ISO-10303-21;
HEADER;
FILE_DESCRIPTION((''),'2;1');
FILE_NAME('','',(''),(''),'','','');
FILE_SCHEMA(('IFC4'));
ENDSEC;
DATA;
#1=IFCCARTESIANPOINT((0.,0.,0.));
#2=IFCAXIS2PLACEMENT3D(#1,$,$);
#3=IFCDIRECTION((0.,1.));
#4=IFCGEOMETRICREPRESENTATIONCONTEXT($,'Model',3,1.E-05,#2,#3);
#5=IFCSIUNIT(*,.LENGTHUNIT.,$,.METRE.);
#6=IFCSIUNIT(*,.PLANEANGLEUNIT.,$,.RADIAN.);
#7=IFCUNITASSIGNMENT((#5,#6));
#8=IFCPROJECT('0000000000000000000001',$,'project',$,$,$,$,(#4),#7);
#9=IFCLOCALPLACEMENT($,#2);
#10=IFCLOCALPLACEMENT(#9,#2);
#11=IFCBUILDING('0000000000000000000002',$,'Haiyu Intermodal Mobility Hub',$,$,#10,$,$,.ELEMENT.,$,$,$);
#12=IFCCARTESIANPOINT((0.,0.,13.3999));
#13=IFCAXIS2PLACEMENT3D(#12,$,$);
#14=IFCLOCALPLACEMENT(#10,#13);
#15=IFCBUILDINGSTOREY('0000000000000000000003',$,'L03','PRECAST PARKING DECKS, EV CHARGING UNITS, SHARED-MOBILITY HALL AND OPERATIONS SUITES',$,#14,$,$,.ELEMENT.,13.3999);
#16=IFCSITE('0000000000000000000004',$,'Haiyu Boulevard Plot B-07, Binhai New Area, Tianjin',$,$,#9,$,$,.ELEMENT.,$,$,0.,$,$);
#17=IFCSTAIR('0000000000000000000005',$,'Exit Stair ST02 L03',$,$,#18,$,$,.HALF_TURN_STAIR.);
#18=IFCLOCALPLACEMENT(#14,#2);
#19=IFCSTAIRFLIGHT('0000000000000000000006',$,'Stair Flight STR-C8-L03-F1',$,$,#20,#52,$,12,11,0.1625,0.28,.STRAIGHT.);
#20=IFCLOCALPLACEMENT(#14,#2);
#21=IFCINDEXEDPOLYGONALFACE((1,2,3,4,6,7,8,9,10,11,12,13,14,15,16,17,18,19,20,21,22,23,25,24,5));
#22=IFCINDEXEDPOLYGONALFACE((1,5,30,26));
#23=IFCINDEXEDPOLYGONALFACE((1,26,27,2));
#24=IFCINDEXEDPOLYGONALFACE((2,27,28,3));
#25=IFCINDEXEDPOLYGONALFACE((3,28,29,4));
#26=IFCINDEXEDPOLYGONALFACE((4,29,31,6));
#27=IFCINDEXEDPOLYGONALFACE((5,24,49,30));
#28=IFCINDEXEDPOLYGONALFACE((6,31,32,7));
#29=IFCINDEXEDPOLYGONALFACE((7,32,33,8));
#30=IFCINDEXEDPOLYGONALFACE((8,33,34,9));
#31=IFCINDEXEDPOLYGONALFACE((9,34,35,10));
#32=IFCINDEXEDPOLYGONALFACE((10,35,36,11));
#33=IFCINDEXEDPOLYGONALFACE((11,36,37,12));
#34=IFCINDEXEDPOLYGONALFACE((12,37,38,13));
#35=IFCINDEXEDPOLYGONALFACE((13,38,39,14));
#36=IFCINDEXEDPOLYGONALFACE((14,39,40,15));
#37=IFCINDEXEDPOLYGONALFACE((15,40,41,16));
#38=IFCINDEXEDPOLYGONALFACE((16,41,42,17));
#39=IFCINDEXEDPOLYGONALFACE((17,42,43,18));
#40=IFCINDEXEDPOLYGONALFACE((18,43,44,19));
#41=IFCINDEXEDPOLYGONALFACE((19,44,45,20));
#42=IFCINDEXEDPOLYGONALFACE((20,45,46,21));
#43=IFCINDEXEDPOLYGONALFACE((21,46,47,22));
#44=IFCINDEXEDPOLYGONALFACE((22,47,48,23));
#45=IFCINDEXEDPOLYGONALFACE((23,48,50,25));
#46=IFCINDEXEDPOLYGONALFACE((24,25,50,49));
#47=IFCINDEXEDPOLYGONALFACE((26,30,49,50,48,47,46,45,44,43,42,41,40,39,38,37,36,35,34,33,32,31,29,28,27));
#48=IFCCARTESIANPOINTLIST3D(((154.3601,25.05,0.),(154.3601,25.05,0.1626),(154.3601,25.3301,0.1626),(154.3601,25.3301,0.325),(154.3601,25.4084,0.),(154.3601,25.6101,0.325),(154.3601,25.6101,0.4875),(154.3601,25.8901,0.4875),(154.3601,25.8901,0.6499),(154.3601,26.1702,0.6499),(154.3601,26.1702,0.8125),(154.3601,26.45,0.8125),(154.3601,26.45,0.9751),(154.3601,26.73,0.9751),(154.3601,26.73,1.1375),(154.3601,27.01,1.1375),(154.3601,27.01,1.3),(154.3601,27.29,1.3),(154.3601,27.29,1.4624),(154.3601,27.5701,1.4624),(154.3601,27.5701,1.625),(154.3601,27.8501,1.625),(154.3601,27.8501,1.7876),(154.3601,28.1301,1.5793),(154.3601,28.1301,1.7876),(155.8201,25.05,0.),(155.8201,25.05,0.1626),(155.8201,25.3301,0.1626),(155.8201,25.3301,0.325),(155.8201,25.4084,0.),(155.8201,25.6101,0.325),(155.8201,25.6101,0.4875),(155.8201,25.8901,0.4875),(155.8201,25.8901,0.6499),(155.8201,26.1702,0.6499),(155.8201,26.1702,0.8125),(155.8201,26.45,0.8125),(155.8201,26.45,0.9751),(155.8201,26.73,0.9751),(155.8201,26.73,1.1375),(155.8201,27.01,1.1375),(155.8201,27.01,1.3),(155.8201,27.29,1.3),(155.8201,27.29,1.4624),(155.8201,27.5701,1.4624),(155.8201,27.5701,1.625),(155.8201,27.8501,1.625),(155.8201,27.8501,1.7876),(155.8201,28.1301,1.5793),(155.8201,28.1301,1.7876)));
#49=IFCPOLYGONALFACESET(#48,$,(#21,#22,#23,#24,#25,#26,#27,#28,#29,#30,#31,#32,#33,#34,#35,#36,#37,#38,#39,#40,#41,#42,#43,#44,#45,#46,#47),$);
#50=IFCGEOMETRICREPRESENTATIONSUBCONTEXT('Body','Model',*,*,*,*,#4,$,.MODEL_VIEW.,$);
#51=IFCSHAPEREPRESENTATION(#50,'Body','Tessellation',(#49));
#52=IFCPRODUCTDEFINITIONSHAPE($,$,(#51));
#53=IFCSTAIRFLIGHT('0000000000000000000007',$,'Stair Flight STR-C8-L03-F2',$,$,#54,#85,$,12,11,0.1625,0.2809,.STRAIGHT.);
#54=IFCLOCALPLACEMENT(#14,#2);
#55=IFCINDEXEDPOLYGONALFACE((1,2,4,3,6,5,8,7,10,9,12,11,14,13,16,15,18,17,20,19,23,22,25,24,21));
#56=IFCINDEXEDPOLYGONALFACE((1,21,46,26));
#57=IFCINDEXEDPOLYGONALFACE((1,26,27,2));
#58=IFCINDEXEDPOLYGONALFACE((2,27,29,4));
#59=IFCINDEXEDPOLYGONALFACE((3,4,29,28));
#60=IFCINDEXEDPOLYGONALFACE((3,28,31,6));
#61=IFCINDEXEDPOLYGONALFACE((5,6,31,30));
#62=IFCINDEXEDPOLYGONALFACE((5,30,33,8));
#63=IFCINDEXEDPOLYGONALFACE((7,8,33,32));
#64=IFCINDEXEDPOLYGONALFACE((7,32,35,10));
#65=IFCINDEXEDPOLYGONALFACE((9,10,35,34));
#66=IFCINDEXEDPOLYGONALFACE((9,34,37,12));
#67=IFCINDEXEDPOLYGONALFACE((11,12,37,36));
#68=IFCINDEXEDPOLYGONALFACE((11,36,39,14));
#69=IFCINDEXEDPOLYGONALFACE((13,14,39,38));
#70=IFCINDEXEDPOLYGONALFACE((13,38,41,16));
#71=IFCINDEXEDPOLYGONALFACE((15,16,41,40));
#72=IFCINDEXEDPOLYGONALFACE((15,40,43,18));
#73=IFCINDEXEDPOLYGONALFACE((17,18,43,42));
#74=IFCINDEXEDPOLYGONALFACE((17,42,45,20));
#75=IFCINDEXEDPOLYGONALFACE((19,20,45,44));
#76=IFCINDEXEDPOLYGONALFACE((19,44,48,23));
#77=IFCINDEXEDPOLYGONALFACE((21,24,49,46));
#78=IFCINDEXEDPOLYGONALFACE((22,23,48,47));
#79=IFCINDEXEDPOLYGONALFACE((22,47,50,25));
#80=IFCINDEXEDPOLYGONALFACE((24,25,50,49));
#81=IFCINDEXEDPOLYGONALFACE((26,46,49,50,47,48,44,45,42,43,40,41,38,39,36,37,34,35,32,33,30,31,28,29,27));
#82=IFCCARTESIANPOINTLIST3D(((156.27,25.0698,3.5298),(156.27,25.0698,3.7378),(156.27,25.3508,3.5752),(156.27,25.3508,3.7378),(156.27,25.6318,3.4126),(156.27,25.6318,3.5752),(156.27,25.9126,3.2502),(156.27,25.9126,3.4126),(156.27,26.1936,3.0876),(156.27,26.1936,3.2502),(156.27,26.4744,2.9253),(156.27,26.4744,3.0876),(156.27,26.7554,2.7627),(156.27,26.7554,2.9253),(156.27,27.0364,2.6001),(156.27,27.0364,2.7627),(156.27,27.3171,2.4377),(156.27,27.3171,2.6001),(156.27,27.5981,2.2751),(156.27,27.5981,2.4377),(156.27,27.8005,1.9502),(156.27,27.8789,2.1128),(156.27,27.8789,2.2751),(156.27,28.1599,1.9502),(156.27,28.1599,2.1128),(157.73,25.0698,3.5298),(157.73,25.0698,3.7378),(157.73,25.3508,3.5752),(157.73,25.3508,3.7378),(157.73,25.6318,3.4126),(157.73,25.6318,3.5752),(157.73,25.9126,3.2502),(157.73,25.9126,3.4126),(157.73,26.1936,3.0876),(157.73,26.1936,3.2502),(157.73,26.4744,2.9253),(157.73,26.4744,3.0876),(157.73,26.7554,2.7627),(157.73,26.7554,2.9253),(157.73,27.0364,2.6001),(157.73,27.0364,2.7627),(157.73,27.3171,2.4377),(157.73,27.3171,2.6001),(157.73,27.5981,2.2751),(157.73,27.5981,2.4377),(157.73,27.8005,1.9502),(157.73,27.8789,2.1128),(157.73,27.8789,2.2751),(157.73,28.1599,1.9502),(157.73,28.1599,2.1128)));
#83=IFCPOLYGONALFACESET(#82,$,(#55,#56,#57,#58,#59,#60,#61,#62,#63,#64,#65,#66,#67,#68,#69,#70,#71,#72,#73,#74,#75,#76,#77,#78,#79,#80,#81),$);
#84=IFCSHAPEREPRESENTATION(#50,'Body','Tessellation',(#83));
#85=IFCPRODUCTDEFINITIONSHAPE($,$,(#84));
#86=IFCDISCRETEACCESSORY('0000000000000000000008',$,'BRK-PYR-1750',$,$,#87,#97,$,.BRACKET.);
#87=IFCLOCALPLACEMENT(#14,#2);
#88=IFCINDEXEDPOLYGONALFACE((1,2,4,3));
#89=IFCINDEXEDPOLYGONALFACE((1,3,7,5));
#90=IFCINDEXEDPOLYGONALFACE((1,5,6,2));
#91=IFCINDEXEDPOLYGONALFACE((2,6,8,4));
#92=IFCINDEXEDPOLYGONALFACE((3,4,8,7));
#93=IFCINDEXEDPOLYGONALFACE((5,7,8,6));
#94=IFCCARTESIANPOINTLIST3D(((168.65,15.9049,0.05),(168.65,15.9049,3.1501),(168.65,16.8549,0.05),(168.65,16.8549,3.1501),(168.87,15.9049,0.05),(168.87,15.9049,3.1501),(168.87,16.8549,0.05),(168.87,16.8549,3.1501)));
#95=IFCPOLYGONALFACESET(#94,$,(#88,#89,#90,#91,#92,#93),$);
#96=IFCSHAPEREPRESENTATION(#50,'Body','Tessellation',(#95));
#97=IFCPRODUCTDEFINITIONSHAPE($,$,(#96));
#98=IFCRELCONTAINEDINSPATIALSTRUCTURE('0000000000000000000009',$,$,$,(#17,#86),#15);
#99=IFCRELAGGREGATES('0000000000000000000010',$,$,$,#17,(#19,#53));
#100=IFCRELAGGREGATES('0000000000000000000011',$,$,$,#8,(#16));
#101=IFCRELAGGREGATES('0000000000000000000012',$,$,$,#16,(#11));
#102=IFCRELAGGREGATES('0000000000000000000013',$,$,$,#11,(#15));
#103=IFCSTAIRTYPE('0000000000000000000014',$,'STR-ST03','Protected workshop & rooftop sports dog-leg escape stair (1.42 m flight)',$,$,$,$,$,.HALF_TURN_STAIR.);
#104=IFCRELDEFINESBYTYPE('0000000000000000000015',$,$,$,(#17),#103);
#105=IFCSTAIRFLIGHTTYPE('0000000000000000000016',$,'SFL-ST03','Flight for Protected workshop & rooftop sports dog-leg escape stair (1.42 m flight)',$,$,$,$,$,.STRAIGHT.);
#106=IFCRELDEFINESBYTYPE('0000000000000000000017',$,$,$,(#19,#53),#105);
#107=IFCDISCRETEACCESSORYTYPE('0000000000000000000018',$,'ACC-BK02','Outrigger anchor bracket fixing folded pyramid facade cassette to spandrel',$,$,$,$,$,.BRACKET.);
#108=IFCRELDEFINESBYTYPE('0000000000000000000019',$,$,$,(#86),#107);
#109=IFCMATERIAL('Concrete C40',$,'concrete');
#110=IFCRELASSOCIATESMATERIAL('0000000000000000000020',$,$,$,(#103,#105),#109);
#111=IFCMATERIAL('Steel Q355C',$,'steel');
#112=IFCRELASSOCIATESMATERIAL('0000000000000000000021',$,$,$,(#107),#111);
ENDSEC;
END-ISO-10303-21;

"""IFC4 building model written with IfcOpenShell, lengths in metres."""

from ifc_helpers import new_model, si_unit, direction, frame, origin, origin_2d, place, context, subcontext, project, spatial, polyline, rectangle, outline, extrude, material, type_object, element, aggregate, save


model = new_model("IFC4")

# Units and contexts
model_context = context("Model", 3, precision=1e-05, world=origin(), true_north=direction((0.0, 1.0)))
body_context = subcontext(model_context, "Body", "Model", "MODEL_VIEW")
ifc_project = project(units=[si_unit("LENGTHUNIT", "METRE"), si_unit("PLANEANGLEUNIT", "RADIAN")], contexts=[model_context])

# Site, building, storey
site_placement = place(None, origin())
site = spatial("IfcSite", under=ifc_project, at=site_placement, Name="Haiyu Boulevard Plot B-07, Binhai New Area, Tianjin", CompositionType="ELEMENT", RefElevation=0.0)
building_placement = place(site_placement, origin())
building = spatial("IfcBuilding", under=site, at=building_placement, Name="Haiyu Intermodal Mobility Hub", CompositionType="ELEMENT")
storey_placement = place(building_placement, frame((0.0, 0.0, 13.3999)))
storey = spatial("IfcBuildingStorey", under=building, at=storey_placement, Name="L03", Description="PRECAST PARKING DECKS, EV CHARGING UNITS, SHARED-MOBILITY HALL AND OPERATIONS SUITES", CompositionType="ELEMENT", Elevation=13.3999)

# Shared definitions
ifc_material_1 = material(Name="Concrete C40", Category="concrete")

# Shared definitions
ifc_material_2 = material(Name="Steel Q355C", Category="steel")

# Stair, stair flights
stair_type = type_object("IfcStairType", Name="STR-ST03", Description="Protected workshop & rooftop sports dog-leg escape stair (1.42 m flight)", PredefinedType="HALF_TURN_STAIR", material=ifc_material_1)
stair_placement = place(storey_placement, origin())
stair = element("IfcStair", 1, at=stair_placement, inside=storey, type_object=stair_type, Name="Exit Stair ST02 L03", PredefinedType="HALF_TURN_STAIR")
stair_flight_type = type_object("IfcStairFlightType", Name="SFL-ST03", Description="Flight for Protected workshop & rooftop sports dog-leg escape stair (1.42 m flight)", PredefinedType="STRAIGHT", material=ifc_material_1)
stair_flight_1_placement = place(storey_placement, frame((155.0901, 25.05, 0.0), z_axis=(0.0, 0.0, 1.0), x_axis=(0.0, 1.0, 0.0)))
stair_flight_1 = element("IfcStairFlight", 2, at=stair_flight_1_placement, type_object=stair_flight_type, Name="Stair Flight STR-C8-L03-F1", NumberOfRisers=12, NumberOfTreads=11, PredefinedType="STRAIGHT", RiserHeight=0.1625, TreadLength=0.28, context=body_context, shape_type="SweptSolid", body=[
    extrude(outline(polyline([(0.0, 0.0), (0.0, 0.1626), (0.28, 0.1626), (0.28, 0.325), (0.5601, 0.325), (0.5601, 0.4875), (0.8401, 0.4875), (0.8401, 0.6499), (1.1201, 0.6499), (1.1201, 0.8125), (1.3999, 0.8125), (1.3999, 0.9751), (1.6799, 0.9751), (1.6799, 1.1375), (1.96, 1.1375), (1.96, 1.3), (2.24, 1.3), (2.24, 1.4624), (2.52, 1.4624), (2.52, 1.625), (2.8, 1.625), (2.8, 1.7876), (3.0801, 1.7876), (3.0801, 1.95), (3.0801, 1.5793), (0.3584, 0.0), (0.0, 0.0)])), frame((0.0, 0.73, 0.0), z_axis=(0.0, -1.0, 0.0), x_axis=(1.0, 0.0, 0.0)), (0.0, 0.0, 1.0), 1.46),
])
stair_flight_2_placement = place(storey_placement, frame((157.0, 28.1599, 1.9502), z_axis=(0.0, 0.0, 1.0), x_axis=(0.0, -1.0, 0.0)))
stair_flight_2 = element("IfcStairFlight", 3, at=stair_flight_2_placement, type_object=stair_flight_type, Name="Stair Flight STR-C8-L03-F2", NumberOfRisers=12, NumberOfTreads=11, PredefinedType="STRAIGHT", RiserHeight=0.1625, TreadLength=0.2809, context=body_context, shape_type="SweptSolid", body=[
    extrude(outline(polyline([(0.0, 0.0), (0.0, 0.1626), (0.281, 0.1626), (0.281, 0.325), (0.5618, 0.325), (0.5618, 0.4875), (0.8428, 0.4875), (0.8428, 0.6499), (1.1235, 0.6499), (1.1235, 0.8125), (1.4045, 0.8125), (1.4045, 0.9751), (1.6855, 0.9751), (1.6855, 1.1375), (1.9663, 1.1375), (1.9663, 1.3), (2.2473, 1.3), (2.2473, 1.4624), (2.5281, 1.4624), (2.5281, 1.625), (2.8091, 1.625), (2.8091, 1.7876), (3.0901, 1.7876), (3.0901, 1.95), (3.0901, 1.5796), (0.3594, 0.0), (0.0, 0.0)])), frame((0.0, 0.73, 0.0), z_axis=(0.0, -1.0, 0.0), x_axis=(1.0, 0.0, 0.0)), (0.0, 0.0, 1.0), 1.46),
])
aggregate(stair, [stair_flight_1, stair_flight_2])

# Discrete accessory
discrete_accessory_type = type_object("IfcDiscreteAccessoryType", Name="ACC-BK02", Description="Outrigger anchor bracket fixing folded pyramid facade cassette to spandrel", PredefinedType="BRACKET", material=ifc_material_2)
discrete_accessory_placement = place(storey_placement, frame((168.76, 16.3799, 0.05), z_axis=(0.0, 0.0, 1.0), x_axis=(1.0, 0.0, 0.0)))
element("IfcDiscreteAccessory", 4, at=discrete_accessory_placement, inside=storey, type_object=discrete_accessory_type, Name="BRK-PYR-1750", PredefinedType="BRACKET", context=body_context, shape_type="SweptSolid", body=[
    extrude(rectangle(XDim=0.22, YDim=0.95, at=origin_2d()), origin(), (0.0, 0.0, 1.0), 3.1001),
])

save(model, "model.ifc")
